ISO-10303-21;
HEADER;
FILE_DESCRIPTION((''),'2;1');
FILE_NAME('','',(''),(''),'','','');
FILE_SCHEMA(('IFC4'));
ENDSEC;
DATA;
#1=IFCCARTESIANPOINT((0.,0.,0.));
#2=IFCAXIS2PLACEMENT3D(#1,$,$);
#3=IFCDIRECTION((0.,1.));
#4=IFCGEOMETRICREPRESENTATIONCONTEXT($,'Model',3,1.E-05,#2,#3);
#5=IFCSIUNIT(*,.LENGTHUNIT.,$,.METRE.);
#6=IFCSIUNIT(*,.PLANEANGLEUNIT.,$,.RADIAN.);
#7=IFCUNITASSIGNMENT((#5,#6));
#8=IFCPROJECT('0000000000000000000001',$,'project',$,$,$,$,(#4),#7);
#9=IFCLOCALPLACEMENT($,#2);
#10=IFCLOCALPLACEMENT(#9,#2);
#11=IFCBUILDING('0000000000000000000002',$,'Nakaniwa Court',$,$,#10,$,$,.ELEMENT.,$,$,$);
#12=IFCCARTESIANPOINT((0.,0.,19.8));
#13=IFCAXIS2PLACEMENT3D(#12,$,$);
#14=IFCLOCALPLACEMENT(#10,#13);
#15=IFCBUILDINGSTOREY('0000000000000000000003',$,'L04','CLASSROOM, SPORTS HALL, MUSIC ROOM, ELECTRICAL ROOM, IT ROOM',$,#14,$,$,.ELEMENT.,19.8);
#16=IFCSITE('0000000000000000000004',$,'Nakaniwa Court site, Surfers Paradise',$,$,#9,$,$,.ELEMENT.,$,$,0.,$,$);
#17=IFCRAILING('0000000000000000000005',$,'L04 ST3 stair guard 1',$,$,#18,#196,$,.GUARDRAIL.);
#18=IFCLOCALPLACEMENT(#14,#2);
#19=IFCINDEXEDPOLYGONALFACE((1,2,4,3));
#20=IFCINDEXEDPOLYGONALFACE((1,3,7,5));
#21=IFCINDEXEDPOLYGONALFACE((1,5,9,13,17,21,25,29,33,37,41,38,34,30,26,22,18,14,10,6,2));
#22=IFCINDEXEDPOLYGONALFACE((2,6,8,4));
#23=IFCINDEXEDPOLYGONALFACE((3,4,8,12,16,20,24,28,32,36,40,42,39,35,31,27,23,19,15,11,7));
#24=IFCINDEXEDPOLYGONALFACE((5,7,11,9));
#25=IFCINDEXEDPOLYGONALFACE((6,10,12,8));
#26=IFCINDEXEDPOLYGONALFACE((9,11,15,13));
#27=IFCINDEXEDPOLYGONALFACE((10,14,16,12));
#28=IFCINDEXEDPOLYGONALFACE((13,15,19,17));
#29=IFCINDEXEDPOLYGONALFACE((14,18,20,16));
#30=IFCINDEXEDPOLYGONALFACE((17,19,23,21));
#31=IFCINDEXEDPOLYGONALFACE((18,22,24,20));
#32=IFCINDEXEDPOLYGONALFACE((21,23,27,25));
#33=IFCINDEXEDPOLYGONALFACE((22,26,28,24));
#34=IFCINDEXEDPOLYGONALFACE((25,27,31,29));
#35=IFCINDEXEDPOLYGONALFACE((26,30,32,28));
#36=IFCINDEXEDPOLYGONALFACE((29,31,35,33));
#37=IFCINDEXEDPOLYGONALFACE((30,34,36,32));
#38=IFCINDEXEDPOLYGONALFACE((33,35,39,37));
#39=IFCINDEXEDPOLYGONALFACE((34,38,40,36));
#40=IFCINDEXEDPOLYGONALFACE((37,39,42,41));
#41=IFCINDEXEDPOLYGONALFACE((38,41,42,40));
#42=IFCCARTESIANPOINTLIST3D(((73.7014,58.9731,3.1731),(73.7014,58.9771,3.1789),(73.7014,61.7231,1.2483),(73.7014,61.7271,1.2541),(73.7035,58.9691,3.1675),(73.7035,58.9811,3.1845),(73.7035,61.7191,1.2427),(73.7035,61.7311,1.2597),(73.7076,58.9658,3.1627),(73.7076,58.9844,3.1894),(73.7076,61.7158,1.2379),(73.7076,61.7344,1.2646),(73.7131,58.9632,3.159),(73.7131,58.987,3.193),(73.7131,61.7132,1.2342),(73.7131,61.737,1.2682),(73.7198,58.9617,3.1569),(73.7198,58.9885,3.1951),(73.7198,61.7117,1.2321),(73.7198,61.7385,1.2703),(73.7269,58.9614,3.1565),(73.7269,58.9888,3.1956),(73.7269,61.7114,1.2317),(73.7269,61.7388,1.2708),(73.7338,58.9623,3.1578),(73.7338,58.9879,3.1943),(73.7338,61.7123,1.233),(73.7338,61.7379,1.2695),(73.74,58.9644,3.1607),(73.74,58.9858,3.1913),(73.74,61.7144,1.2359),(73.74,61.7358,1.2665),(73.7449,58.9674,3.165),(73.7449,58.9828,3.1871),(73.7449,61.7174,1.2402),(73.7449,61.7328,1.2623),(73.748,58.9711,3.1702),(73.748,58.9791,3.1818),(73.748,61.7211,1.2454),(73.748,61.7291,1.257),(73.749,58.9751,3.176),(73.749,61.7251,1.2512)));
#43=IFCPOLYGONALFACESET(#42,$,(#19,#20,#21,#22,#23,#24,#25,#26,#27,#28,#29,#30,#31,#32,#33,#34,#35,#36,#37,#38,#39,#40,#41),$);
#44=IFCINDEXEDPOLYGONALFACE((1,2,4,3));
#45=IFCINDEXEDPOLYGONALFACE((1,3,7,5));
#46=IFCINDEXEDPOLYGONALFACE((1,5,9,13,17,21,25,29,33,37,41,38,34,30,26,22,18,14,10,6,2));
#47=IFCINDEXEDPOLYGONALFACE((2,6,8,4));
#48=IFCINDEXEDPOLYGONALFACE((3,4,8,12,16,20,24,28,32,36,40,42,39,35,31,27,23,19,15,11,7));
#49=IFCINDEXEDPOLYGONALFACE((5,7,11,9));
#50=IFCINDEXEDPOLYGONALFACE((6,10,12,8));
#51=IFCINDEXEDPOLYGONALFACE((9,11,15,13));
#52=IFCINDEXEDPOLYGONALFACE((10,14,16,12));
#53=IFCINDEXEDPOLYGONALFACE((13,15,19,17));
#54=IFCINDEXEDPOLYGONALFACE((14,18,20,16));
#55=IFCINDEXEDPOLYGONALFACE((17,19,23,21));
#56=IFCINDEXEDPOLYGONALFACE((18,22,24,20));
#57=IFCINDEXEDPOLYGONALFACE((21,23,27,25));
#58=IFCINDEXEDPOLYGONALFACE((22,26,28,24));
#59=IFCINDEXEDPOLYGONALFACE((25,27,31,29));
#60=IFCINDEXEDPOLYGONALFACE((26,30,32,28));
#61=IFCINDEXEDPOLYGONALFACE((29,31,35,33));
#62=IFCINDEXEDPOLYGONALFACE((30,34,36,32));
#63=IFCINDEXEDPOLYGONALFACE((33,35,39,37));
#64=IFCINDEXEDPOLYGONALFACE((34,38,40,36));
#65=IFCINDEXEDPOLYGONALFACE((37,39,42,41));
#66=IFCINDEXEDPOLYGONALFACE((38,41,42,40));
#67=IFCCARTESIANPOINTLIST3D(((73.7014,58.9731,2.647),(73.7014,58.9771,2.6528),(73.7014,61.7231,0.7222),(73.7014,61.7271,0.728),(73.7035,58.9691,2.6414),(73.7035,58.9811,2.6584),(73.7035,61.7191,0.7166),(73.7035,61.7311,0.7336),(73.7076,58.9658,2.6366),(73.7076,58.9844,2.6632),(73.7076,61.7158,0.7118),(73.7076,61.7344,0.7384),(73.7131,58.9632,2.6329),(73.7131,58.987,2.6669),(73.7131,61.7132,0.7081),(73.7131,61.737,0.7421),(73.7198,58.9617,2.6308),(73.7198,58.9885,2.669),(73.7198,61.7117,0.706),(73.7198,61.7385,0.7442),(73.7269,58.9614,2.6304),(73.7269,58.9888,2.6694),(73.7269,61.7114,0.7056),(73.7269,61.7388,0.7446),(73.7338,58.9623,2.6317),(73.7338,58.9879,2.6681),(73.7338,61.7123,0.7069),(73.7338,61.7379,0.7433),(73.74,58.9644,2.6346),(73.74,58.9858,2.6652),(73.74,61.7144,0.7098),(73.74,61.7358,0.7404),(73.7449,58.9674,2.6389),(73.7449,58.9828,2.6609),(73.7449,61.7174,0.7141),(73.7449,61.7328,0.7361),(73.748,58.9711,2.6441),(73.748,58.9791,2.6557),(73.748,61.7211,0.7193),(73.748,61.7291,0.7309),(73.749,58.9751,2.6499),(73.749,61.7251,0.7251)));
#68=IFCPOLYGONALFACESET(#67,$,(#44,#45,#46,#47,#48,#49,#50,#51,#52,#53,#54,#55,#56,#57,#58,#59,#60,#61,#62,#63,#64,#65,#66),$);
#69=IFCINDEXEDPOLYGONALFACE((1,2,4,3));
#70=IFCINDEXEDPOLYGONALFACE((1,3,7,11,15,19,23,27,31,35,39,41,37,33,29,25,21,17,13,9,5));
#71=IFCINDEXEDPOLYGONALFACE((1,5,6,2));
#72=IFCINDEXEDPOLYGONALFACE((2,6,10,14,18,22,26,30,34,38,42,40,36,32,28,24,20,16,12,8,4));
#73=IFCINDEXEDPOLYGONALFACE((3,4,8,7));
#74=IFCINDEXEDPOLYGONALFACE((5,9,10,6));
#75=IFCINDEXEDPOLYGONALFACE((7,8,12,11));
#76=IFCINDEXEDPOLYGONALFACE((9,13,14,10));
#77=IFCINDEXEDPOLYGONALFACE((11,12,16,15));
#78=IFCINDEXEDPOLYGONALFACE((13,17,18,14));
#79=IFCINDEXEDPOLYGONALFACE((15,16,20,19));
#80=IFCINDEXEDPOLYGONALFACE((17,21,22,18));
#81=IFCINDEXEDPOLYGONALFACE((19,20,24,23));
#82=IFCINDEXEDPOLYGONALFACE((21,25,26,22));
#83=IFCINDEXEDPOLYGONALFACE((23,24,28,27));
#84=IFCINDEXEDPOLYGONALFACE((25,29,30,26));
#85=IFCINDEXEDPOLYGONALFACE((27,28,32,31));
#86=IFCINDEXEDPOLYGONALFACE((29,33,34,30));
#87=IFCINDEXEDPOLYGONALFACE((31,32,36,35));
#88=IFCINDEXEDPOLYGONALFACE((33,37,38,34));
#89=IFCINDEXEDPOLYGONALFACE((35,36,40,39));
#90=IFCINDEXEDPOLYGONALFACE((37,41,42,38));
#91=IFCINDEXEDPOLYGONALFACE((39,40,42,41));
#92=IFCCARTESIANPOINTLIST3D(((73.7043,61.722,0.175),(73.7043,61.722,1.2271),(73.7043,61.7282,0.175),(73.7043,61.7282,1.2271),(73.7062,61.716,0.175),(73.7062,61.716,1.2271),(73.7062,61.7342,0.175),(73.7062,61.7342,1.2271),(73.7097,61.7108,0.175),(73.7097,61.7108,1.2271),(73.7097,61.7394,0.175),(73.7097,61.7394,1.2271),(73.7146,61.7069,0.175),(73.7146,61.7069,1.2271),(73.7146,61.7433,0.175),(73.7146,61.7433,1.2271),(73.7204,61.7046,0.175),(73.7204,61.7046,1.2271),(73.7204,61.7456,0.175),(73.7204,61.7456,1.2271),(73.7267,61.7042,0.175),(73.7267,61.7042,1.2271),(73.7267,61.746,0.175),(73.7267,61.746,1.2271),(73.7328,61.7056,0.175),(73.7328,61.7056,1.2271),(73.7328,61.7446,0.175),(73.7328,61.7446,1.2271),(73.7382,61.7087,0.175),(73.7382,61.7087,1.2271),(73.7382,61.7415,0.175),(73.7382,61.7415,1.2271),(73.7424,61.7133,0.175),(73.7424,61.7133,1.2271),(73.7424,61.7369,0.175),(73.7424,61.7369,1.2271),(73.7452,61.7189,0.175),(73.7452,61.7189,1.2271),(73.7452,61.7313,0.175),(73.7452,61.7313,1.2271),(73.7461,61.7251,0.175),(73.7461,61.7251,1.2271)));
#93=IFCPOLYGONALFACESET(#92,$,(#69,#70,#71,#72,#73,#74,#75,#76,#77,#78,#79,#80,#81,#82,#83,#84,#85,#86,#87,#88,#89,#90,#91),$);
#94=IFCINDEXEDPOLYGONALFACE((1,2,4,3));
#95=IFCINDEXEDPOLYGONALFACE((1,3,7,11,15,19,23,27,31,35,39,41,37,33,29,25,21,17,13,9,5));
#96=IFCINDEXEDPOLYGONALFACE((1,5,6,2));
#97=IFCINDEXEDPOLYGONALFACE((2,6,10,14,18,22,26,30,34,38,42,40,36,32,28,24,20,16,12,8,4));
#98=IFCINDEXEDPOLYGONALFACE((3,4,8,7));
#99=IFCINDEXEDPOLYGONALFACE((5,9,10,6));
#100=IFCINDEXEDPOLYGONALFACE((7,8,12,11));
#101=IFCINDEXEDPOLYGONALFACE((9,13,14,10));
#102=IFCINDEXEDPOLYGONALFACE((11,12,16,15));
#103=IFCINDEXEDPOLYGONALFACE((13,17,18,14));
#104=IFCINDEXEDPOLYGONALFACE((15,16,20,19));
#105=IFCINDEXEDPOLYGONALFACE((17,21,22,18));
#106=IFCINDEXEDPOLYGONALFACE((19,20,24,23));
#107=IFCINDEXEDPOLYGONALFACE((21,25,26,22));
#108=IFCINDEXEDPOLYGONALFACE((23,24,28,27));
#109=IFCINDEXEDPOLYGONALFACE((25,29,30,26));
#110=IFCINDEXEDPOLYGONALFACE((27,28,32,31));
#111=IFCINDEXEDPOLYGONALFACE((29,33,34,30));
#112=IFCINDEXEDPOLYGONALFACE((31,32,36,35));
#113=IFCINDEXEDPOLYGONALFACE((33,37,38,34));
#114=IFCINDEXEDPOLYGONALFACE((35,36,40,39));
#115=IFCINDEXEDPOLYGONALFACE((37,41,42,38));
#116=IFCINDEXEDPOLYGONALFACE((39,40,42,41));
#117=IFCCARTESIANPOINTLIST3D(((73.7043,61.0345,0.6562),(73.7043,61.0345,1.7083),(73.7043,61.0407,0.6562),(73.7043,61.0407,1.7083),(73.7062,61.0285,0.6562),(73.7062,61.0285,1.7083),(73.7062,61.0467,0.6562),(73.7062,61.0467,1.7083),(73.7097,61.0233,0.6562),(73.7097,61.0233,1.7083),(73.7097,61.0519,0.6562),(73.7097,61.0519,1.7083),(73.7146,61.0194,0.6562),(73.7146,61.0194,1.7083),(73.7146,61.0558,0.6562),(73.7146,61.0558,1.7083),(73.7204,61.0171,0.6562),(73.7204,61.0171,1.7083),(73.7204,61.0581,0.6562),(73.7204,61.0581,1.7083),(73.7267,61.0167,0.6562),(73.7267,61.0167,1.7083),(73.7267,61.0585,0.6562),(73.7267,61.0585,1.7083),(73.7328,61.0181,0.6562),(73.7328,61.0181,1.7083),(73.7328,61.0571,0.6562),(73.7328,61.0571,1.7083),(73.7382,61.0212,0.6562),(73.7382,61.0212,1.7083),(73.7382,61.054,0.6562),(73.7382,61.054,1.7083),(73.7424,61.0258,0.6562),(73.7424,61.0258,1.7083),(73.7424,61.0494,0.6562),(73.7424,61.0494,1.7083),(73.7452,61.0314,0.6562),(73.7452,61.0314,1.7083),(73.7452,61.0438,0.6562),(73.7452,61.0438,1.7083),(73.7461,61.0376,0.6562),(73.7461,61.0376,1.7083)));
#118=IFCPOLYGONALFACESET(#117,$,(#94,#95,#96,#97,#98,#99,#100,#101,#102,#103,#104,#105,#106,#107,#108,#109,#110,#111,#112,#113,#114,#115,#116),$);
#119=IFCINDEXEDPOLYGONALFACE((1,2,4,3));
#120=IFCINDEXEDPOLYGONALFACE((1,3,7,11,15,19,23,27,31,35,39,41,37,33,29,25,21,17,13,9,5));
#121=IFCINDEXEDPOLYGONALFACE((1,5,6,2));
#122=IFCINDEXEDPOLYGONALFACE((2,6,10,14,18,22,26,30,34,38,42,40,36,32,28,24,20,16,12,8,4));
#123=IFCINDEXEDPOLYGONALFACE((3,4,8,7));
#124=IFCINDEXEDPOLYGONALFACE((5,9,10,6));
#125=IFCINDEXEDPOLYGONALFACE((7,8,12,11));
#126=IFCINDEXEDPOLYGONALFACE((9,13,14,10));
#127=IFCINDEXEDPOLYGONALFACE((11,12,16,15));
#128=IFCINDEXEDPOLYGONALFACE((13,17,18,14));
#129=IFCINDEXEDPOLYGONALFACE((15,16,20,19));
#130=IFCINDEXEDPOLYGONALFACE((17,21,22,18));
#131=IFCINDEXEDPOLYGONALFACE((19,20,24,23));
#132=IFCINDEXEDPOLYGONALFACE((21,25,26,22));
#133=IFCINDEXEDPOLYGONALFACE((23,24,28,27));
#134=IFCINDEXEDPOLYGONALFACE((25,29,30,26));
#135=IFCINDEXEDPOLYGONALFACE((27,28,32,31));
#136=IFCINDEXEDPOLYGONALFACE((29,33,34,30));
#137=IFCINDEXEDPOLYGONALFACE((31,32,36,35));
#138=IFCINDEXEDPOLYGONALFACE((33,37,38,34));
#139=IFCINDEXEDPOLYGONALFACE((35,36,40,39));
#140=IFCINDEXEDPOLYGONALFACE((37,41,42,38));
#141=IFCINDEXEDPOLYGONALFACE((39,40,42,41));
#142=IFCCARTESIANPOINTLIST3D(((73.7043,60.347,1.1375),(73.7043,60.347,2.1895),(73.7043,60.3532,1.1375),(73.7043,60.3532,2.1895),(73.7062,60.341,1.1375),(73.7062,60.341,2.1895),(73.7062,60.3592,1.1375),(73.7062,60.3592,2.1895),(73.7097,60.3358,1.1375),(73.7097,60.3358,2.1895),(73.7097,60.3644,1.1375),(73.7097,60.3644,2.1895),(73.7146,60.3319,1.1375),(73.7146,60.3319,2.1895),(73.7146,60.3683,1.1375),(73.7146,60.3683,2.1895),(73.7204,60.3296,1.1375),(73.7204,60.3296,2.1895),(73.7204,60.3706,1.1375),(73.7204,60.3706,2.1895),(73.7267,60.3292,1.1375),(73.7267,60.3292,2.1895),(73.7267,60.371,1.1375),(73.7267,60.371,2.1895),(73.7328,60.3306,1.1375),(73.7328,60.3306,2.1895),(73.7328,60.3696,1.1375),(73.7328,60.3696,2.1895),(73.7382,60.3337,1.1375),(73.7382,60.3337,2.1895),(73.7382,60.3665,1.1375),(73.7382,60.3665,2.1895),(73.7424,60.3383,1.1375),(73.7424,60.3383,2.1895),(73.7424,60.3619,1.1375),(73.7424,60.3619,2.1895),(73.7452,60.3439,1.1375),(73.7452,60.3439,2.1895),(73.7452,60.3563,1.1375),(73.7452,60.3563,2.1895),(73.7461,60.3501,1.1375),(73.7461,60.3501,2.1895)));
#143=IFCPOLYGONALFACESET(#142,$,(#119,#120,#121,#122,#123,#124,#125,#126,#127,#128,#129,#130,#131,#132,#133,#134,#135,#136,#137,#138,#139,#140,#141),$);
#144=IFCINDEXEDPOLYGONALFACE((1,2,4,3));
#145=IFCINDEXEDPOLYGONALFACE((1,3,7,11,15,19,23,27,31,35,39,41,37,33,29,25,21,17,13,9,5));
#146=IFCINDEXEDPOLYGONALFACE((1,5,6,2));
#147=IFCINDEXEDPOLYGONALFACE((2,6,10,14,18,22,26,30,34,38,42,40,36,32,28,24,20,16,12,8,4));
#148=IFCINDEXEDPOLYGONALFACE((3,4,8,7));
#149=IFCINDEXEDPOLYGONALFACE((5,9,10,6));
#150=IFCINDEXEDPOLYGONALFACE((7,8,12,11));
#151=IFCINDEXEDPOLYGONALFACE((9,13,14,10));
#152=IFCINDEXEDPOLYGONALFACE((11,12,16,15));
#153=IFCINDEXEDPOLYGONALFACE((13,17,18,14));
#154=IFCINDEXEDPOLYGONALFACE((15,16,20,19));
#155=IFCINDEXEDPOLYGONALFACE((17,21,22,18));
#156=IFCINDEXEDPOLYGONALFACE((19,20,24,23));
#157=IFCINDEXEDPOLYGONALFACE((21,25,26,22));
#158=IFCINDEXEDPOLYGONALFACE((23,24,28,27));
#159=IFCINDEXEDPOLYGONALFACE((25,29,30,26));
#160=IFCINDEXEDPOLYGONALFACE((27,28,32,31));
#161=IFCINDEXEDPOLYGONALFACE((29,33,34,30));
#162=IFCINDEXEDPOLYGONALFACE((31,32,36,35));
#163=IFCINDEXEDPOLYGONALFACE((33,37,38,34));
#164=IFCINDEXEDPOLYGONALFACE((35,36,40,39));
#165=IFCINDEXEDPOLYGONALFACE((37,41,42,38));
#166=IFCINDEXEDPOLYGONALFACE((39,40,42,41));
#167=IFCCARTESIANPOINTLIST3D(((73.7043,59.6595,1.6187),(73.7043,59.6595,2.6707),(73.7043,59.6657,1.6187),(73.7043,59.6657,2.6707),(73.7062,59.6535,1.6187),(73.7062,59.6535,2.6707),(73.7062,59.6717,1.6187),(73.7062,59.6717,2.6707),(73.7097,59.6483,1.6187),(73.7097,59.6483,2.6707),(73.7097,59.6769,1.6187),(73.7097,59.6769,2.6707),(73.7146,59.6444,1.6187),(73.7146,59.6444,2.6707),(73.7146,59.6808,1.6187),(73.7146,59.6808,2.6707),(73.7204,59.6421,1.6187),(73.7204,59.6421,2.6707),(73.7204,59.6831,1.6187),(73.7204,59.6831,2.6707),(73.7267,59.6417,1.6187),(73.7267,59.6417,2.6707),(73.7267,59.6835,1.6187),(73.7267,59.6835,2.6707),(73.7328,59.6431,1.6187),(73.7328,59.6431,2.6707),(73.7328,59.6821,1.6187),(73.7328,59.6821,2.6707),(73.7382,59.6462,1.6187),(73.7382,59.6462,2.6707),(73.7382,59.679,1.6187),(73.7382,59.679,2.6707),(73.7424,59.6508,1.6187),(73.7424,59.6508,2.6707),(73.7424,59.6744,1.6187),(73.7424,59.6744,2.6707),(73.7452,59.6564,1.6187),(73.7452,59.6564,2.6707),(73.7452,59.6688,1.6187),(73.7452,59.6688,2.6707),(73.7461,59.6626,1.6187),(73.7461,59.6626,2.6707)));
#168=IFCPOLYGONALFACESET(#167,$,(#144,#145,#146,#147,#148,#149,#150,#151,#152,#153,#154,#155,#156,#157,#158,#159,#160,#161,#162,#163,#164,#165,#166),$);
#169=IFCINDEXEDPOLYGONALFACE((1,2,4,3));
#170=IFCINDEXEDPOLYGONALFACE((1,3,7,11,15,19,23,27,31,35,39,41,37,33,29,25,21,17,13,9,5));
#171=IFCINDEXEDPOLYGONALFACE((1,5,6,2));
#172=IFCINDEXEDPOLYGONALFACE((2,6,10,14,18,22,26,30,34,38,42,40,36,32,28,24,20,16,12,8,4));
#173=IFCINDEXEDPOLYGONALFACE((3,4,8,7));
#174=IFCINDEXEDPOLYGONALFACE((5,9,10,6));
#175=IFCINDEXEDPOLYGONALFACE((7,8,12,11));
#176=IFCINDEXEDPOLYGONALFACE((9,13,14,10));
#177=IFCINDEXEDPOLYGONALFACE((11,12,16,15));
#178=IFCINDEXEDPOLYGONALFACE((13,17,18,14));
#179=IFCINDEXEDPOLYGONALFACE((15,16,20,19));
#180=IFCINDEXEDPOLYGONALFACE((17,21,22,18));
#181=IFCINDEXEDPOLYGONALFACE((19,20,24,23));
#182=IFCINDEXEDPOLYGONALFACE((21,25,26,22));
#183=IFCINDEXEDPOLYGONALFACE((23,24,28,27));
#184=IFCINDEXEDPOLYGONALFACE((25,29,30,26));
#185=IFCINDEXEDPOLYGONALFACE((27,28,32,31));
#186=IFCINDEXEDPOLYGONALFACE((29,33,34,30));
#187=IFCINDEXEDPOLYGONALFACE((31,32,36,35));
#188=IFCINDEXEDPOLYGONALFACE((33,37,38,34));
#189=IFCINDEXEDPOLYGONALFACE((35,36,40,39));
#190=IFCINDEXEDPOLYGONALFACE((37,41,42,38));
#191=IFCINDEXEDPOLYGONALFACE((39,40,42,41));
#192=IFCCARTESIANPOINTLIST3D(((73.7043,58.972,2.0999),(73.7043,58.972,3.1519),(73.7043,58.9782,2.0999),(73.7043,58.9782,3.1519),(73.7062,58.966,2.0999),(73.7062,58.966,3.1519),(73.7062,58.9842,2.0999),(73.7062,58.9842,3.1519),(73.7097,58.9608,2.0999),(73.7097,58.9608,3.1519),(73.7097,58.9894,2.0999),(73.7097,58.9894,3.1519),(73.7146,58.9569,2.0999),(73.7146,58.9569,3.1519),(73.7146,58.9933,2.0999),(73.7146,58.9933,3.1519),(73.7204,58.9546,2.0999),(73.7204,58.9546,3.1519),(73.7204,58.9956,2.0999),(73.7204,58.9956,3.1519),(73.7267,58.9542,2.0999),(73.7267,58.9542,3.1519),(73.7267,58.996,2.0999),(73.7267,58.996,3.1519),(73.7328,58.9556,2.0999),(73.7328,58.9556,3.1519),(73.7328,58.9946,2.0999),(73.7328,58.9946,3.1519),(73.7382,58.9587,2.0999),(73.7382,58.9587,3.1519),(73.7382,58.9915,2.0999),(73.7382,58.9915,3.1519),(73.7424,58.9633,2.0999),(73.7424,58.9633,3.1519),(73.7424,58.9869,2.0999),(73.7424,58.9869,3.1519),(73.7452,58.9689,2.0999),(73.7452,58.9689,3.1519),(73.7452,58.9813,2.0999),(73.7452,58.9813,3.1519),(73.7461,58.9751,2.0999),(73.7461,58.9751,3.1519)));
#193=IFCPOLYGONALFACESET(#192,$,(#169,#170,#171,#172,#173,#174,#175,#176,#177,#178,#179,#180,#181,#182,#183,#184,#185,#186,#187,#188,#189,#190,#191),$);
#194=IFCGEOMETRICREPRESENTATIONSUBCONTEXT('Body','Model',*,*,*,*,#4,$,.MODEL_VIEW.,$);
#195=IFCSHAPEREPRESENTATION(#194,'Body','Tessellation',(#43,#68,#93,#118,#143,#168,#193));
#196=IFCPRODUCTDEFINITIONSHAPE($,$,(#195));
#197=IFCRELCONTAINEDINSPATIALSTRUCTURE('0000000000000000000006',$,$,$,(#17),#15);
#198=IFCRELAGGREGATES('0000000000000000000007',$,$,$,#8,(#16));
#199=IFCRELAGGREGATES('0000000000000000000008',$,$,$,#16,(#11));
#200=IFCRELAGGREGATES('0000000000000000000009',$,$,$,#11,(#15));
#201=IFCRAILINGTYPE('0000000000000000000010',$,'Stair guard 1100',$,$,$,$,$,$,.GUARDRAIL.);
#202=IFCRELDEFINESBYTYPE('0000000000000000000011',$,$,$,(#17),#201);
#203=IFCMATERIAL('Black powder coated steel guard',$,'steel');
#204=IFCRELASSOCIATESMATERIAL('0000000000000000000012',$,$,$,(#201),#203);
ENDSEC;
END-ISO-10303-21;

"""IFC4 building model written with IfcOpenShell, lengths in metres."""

from ifc_helpers import new_model, si_unit, direction, frame, origin, origin_2d, place, context, subcontext, project, spatial, circle, extrude, material, type_object, element, save


model = new_model("IFC4")

# Units and contexts
model_context = context("Model", 3, precision=1e-05, world=origin(), true_north=direction((0.0, 1.0)))
body_context = subcontext(model_context, "Body", "Model", "MODEL_VIEW")
ifc_project = project(units=[si_unit("LENGTHUNIT", "METRE"), si_unit("PLANEANGLEUNIT", "RADIAN")], contexts=[model_context])

# Site, building, storey
site_placement = place(None, origin())
site = spatial("IfcSite", under=ifc_project, at=site_placement, Name="Nakaniwa Court site, Surfers Paradise", CompositionType="ELEMENT", RefElevation=0.0)
building_placement = place(site_placement, origin())
building = spatial("IfcBuilding", under=site, at=building_placement, Name="Nakaniwa Court", CompositionType="ELEMENT")
storey_placement = place(building_placement, frame((0.0, 0.0, 19.8)))
storey = spatial("IfcBuildingStorey", under=building, at=storey_placement, Name="L04", Description="CLASSROOM, SPORTS HALL, MUSIC ROOM, ELECTRICAL ROOM, IT ROOM", CompositionType="ELEMENT", Elevation=19.8)

# Railing
ifc_material_1 = material(Name="Black powder coated steel guard", Category="steel")
railing_type_1 = type_object("IfcRailingType", Name="Stair guard 1100", PredefinedType="GUARDRAIL", material=ifc_material_1)
railing_1_placement = place(storey_placement, frame((73.7251, 61.7251, 0.175)))
element("IfcRailing", 1, at=railing_1_placement, inside=storey, type_object=railing_type_1, Name="L04 ST3 stair guard 1", PredefinedType="GUARDRAIL", context=body_context, shape_type="SweptSolid", body=[
    extrude(circle(Radius=0.0239, at=origin_2d()), frame((0.0, 0.0, 1.0762), z_axis=(0.0, -0.819259, 0.573423), x_axis=(1.0, 0.0, 0.0)), (0.0, 0.0, 1.0), 3.3567),
    extrude(circle(Radius=0.0239, at=origin_2d()), frame((0.0, 0.0, 0.55), z_axis=(0.0, -0.819259, 0.573423), x_axis=(1.0, 0.0, 0.0)), (0.0, 0.0, 1.0), 3.3567),
    extrude(circle(Radius=0.021, at=origin_2d()), origin(), (0.0, 0.0, 1.0), 1.052),
    extrude(circle(Radius=0.021, at=origin_2d()), frame((0.0, -0.6875, 0.4812)), (0.0, 0.0, 1.0), 1.052),
    extrude(circle(Radius=0.021, at=origin_2d()), frame((0.0, -1.375, 0.9624)), (0.0, 0.0, 1.0), 1.052),
    extrude(circle(Radius=0.021, at=origin_2d()), frame((0.0, -2.0625, 1.4436)), (0.0, 0.0, 1.0), 1.052),
    extrude(circle(Radius=0.021, at=origin_2d()), frame((0.0, -2.75, 1.9248)), (0.0, 0.0, 1.0), 1.052),
])

save(model, "model.ifc")
